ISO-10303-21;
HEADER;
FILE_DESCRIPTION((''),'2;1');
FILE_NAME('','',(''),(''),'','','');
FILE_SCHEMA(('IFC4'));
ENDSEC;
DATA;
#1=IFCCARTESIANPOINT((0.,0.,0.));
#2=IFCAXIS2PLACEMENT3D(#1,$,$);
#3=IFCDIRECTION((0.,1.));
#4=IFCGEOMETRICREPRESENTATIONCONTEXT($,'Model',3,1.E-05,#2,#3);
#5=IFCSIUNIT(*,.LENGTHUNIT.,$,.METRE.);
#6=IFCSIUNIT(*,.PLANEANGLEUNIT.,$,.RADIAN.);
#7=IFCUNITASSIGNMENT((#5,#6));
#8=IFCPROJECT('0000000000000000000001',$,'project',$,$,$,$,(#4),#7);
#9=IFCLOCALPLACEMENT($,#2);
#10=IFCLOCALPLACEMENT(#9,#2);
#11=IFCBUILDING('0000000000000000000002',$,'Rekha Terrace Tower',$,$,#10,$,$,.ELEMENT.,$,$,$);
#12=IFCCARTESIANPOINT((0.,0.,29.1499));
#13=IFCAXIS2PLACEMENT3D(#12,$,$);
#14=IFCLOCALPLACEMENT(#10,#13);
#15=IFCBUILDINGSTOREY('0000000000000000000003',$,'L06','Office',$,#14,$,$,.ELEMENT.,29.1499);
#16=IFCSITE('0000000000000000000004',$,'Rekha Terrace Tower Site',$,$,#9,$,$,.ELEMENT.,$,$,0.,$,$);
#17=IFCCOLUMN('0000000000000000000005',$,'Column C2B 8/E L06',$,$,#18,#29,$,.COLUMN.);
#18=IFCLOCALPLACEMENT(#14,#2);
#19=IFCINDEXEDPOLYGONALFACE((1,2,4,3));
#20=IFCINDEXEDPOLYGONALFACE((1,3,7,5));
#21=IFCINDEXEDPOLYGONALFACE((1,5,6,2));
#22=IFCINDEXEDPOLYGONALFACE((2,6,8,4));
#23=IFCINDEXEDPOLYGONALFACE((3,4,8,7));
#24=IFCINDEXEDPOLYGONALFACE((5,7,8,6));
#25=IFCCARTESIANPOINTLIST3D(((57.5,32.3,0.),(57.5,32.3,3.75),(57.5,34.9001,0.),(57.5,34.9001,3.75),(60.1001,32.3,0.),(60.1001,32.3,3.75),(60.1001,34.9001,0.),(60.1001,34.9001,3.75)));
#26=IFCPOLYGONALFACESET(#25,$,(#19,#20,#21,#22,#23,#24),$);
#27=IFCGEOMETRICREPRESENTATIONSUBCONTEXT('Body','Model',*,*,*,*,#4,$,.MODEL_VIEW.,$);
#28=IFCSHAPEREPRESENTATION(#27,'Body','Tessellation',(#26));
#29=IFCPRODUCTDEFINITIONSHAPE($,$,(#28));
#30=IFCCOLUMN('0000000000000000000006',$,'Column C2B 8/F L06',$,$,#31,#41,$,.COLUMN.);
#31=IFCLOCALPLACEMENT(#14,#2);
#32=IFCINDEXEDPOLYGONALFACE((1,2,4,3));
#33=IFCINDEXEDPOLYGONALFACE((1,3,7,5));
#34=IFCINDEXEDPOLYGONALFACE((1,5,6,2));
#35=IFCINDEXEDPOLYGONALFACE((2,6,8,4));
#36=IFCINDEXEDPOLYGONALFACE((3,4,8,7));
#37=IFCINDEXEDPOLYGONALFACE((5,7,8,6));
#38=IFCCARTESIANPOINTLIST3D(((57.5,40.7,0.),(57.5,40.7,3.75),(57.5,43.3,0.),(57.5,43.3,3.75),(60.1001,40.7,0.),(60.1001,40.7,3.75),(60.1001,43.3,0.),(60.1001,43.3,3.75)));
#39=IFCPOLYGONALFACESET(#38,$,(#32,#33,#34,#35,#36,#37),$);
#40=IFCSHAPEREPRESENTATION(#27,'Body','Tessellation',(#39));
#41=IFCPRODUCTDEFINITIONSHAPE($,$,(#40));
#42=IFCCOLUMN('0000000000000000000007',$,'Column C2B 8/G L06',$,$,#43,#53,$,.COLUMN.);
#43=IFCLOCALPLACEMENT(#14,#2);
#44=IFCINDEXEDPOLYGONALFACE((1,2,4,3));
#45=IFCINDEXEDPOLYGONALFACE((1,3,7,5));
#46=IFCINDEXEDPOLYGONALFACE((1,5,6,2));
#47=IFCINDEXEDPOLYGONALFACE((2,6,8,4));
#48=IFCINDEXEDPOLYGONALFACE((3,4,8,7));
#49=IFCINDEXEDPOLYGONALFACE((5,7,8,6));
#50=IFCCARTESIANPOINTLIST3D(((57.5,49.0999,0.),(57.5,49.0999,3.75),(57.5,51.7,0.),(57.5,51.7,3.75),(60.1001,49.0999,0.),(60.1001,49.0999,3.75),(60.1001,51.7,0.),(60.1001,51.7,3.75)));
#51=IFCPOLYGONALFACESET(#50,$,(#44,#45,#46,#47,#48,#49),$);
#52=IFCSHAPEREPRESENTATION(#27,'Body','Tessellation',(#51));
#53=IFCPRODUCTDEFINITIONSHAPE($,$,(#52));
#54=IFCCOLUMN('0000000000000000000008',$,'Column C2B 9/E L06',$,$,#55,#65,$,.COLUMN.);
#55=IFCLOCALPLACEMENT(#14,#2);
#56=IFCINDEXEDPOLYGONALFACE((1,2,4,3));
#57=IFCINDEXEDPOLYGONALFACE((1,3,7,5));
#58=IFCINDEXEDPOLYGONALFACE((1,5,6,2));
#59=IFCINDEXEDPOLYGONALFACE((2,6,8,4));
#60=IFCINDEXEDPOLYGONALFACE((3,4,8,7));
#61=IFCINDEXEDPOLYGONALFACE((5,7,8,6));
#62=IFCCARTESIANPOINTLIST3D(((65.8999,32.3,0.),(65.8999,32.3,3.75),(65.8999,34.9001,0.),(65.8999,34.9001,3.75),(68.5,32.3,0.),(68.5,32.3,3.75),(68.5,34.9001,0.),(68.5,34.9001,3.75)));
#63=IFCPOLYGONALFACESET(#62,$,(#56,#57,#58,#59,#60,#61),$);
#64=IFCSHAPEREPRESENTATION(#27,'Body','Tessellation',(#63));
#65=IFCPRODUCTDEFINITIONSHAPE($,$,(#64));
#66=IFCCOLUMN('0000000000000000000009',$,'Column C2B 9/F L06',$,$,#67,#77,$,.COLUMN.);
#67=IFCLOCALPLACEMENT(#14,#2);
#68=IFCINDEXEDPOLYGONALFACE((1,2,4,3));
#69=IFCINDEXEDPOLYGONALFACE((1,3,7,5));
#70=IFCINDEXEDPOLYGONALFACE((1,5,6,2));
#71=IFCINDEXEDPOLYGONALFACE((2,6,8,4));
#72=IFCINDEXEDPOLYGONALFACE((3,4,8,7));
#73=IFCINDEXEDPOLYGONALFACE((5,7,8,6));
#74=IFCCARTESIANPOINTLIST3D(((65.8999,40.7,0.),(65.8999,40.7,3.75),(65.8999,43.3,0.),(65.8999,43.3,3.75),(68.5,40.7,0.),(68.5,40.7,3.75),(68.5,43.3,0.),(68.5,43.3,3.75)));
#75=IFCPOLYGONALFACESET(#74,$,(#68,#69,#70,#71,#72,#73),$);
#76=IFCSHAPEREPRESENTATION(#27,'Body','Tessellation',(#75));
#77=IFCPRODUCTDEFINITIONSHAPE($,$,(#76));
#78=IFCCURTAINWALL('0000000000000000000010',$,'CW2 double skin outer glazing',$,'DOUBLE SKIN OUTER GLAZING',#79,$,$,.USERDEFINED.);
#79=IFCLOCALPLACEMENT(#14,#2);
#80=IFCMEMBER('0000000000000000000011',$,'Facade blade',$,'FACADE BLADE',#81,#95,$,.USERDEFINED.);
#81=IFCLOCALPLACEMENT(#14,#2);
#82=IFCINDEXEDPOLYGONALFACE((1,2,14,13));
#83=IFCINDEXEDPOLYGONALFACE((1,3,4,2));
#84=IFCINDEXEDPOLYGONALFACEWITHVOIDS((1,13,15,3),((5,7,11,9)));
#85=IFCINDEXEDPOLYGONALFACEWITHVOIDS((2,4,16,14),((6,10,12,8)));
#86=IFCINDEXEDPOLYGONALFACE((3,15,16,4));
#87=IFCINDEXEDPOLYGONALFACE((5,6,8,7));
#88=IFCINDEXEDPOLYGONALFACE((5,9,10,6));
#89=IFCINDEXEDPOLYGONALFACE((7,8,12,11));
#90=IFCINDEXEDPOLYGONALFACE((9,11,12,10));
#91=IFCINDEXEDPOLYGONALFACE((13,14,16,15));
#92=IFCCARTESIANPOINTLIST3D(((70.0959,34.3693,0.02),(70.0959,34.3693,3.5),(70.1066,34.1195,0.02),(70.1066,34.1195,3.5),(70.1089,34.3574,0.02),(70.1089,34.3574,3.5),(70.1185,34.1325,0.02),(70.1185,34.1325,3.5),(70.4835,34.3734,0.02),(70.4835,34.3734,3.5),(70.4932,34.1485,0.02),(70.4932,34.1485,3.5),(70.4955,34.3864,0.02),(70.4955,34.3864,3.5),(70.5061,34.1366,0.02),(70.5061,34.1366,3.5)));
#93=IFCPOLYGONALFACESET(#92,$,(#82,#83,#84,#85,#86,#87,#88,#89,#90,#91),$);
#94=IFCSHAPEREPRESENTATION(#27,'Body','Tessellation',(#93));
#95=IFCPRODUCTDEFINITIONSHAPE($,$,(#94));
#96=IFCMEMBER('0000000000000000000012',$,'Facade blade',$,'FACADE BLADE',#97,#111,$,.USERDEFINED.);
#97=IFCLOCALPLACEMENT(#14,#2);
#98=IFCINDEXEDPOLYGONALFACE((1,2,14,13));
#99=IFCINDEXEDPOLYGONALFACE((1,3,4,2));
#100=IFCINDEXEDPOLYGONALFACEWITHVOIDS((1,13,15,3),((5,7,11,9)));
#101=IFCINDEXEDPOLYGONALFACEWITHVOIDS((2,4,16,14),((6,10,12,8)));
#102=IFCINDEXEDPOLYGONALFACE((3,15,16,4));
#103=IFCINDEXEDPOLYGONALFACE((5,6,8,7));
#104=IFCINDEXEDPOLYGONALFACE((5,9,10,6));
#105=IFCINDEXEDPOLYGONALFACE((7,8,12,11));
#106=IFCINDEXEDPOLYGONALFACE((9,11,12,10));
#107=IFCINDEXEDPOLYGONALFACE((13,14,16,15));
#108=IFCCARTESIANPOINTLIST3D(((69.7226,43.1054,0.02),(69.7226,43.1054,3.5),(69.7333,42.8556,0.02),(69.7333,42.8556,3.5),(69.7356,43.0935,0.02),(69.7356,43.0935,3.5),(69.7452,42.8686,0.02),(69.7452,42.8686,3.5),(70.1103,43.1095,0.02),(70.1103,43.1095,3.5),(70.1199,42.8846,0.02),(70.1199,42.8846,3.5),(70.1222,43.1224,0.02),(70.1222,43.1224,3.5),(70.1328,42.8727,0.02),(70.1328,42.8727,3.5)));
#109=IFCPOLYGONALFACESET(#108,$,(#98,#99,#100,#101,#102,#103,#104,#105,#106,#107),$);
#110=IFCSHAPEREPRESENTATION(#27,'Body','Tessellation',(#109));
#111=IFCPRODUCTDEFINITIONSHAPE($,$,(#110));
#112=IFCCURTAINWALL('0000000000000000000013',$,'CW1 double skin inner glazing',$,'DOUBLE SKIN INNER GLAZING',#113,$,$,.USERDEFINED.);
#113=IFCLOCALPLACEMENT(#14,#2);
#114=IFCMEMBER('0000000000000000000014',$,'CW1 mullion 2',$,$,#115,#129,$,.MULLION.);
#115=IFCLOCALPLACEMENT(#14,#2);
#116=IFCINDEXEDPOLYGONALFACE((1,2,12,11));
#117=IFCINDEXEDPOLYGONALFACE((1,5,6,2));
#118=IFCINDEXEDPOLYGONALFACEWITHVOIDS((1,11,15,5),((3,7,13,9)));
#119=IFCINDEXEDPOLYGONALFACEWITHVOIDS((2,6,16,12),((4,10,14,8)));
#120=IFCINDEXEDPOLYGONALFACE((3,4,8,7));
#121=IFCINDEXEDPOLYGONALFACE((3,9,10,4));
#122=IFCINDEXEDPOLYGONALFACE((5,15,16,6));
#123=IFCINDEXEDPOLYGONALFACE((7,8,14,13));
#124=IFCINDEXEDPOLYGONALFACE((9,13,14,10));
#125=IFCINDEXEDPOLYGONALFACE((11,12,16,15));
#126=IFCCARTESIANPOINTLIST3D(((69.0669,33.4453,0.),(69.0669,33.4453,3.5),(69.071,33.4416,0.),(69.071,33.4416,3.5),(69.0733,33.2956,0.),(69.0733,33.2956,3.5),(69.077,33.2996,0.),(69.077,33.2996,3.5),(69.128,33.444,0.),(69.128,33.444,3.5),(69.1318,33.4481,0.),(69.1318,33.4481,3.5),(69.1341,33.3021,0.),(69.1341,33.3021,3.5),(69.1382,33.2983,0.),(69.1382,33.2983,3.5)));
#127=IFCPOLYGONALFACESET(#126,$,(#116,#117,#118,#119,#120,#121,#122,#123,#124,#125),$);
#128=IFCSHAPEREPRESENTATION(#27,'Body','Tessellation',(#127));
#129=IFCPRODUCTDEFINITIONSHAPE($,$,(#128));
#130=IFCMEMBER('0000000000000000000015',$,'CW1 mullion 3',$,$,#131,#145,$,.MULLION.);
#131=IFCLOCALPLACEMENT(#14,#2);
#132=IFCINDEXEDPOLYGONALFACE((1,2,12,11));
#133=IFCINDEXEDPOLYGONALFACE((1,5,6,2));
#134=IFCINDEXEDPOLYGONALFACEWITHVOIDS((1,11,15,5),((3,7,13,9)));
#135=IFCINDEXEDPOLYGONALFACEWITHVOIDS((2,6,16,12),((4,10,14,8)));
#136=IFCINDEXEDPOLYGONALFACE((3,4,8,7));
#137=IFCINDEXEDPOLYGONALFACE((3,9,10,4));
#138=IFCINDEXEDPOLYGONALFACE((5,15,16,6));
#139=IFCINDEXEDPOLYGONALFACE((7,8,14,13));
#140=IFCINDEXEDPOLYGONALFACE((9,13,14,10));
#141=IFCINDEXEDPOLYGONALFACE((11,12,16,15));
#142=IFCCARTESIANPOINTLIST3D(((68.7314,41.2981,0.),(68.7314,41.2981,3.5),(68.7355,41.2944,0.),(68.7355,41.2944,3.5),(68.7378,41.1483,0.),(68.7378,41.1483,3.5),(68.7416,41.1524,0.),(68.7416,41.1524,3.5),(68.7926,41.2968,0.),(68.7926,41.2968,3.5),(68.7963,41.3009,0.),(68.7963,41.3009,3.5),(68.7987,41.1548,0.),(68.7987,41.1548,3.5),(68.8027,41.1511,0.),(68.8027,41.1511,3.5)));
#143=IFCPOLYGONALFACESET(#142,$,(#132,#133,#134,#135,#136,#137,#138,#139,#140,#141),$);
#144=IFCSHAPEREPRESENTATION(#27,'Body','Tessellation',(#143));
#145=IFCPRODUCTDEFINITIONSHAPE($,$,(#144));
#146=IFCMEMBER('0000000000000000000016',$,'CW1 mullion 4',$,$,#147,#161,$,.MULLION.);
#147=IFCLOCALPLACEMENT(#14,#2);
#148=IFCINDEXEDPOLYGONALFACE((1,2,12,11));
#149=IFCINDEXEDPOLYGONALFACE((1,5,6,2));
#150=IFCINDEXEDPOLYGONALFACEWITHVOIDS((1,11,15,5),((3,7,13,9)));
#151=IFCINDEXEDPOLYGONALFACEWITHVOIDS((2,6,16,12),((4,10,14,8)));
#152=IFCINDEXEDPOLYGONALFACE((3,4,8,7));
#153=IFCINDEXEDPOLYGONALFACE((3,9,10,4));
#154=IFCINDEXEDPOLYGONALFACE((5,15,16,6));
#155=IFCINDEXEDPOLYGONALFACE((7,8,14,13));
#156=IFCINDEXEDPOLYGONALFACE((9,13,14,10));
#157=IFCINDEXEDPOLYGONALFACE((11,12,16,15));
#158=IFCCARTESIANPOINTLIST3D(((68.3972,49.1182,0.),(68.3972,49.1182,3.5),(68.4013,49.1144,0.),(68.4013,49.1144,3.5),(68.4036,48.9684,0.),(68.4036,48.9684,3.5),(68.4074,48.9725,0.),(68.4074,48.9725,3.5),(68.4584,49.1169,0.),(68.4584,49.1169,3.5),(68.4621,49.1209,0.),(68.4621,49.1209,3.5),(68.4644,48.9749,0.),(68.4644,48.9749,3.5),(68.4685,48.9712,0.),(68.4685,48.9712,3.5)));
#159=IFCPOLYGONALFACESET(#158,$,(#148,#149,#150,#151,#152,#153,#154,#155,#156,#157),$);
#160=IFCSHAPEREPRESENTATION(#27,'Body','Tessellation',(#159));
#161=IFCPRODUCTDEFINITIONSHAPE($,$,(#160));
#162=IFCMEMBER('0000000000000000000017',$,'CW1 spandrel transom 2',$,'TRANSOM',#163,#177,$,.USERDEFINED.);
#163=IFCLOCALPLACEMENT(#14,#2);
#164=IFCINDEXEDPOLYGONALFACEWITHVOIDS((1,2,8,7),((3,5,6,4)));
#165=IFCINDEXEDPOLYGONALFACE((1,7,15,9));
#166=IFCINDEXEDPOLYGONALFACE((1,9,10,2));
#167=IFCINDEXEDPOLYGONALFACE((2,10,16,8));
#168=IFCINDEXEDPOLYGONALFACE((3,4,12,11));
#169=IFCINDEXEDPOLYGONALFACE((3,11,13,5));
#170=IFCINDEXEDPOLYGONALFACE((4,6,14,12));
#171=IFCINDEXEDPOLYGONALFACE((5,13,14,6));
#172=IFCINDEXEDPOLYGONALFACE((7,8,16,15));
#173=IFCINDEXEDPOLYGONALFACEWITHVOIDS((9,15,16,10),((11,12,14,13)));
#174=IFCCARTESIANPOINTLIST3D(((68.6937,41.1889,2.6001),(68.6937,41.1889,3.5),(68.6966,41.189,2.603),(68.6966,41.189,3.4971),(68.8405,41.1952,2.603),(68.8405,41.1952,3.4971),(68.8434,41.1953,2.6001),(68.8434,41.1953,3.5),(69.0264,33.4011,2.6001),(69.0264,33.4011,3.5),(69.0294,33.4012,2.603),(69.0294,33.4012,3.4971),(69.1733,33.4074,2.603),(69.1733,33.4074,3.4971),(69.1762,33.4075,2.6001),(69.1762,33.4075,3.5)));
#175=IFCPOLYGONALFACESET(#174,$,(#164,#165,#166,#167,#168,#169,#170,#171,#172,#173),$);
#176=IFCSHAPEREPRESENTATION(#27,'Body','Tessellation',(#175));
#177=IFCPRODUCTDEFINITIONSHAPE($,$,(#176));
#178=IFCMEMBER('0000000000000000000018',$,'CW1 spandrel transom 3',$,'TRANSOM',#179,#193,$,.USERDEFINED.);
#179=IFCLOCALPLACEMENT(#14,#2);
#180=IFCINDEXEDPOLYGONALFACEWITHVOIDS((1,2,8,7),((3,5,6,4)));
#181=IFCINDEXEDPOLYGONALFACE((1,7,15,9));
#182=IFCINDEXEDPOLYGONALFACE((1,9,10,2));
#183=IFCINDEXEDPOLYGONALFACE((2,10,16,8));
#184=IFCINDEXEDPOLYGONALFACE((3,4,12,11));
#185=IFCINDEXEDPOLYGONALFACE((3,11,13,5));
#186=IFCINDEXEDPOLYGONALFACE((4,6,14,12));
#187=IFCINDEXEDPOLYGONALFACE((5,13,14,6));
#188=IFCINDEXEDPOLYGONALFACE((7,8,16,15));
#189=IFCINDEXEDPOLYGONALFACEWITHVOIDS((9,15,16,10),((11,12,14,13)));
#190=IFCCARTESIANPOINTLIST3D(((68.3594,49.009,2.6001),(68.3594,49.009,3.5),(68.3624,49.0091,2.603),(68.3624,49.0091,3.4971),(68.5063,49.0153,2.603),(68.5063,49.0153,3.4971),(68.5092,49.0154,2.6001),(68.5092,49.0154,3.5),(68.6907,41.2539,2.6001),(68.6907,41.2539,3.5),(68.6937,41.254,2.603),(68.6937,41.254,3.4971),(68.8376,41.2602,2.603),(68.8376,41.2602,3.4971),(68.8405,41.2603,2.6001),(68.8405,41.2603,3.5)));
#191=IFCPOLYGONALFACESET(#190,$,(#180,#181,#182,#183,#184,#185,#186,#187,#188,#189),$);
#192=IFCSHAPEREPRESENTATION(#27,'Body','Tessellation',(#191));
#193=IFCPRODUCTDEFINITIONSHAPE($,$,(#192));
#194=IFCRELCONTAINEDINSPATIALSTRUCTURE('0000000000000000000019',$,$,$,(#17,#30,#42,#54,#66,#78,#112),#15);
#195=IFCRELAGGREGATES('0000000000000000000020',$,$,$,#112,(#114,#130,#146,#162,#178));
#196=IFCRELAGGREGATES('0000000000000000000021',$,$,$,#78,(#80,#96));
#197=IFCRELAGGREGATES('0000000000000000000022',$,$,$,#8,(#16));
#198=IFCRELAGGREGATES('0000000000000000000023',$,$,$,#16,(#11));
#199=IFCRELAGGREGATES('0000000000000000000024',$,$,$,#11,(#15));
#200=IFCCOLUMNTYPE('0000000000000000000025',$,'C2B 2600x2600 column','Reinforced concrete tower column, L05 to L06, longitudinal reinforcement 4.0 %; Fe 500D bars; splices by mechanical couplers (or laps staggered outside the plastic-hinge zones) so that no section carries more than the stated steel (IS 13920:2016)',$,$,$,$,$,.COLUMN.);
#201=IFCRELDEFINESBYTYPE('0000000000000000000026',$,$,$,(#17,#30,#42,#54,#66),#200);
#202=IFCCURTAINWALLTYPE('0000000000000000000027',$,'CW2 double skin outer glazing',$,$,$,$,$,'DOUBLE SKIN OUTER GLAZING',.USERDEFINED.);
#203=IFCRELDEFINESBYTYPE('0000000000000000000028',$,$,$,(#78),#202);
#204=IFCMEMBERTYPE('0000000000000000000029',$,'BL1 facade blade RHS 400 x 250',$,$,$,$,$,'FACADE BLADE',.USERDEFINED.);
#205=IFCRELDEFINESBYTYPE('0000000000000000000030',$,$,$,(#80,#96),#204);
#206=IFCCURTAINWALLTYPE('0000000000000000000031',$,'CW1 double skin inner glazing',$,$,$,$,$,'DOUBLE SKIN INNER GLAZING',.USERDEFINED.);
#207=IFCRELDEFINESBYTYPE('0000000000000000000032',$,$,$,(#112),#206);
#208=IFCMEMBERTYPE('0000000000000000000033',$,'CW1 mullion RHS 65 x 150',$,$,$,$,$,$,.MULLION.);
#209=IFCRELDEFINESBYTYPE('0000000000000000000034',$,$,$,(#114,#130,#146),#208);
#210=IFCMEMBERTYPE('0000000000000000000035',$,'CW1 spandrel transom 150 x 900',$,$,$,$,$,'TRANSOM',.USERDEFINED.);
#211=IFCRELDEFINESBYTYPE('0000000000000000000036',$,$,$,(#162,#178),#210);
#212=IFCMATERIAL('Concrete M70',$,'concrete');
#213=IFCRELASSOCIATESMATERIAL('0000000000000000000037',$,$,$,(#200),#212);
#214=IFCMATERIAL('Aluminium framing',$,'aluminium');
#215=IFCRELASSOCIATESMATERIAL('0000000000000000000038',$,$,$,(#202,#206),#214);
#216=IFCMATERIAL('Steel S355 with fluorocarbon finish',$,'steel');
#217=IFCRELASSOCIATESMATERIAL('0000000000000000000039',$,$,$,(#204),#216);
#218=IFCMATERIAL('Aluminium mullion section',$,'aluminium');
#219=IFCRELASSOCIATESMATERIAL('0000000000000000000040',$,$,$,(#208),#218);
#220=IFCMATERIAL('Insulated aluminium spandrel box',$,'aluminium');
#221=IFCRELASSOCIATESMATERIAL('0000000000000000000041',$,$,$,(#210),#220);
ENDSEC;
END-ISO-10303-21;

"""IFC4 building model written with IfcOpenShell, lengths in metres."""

from ifc_helpers import new_model, si_unit, direction, frame, origin, origin_2d, place, context, subcontext, project, spatial, rectangle, hollow_rectangle, extrude, material, material_profile, profile_set, type_object, element, aggregate, save


model = new_model("IFC4")

# Units and contexts
model_context = context("Model", 3, precision=1e-05, world=origin(), true_north=direction((0.0, 1.0)))
body_context = subcontext(model_context, "Body", "Model", "MODEL_VIEW")
ifc_project = project(units=[si_unit("LENGTHUNIT", "METRE"), si_unit("PLANEANGLEUNIT", "RADIAN")], contexts=[model_context])

# Site, building, storey
site_placement = place(None, origin())
site = spatial("IfcSite", under=ifc_project, at=site_placement, Name="Rekha Terrace Tower Site", CompositionType="ELEMENT", RefElevation=0.0)
building_placement = place(site_placement, origin())
building = spatial("IfcBuilding", under=site, at=building_placement, Name="Rekha Terrace Tower", CompositionType="ELEMENT")
storey_placement = place(building_placement, frame((0.0, 0.0, 29.1499)))
storey = spatial("IfcBuildingStorey", under=building, at=storey_placement, Name="L06", Description="Office", CompositionType="ELEMENT", Elevation=29.1499)

# Columns
ifc_material_1 = material(Name="Concrete M70", Category="concrete")
ifc_material_profile_1 = material_profile(ifc_material_1, rectangle(XDim=2.6001, YDim=2.6001, at=origin_2d()), Name="RC 2600x2600")
ifc_profile_set_1 = profile_set([ifc_material_profile_1], Name="Concrete M70")
column_type = type_object("IfcColumnType", Name="C2B 2600x2600 column", Description="Reinforced concrete tower column, L05 to L06, longitudinal reinforcement 4.0 %; Fe 500D bars; splices by mechanical couplers (or laps staggered outside the plastic-hinge zones) so that no section carries more than the stated steel (IS 13920:2016)", PredefinedType="COLUMN", material=ifc_profile_set_1)
for number, where, z_axis, x_axis, name in (
    (1, (58.8, 33.6001, 0.0), (0.0, 0.0, 1.0), (1.0, 0.0, 0.0), "Column C2B 8/E L06"),
    (2, (58.8, 42.0, 0.0), (0.0, 0.0, 1.0), (1.0, 0.0, 0.0), "Column C2B 8/F L06"),
    (3, (58.8, 50.3999, 0.0), (0.0, 0.0, 1.0), (1.0, 0.0, 0.0), "Column C2B 8/G L06"),
    (4, (67.2, 33.6001, 0.0), (0.0, 0.0, 1.0), (1.0, 0.0, 0.0), "Column C2B 9/E L06"),
    (5, (67.2, 42.0, 0.0), (0.0, 0.0, 1.0), (1.0, 0.0, 0.0), "Column C2B 9/F L06"),
):
    element("IfcColumn", number, at=place(storey_placement, frame(where, z_axis=z_axis, x_axis=x_axis)), inside=storey, type_object=column_type, Name=name, PredefinedType="COLUMN", context=body_context, shape_type="SweptSolid", body=[
        extrude(rectangle(XDim=2.6001, YDim=2.6001, at=origin_2d()), origin(), (0.0, 0.0, 1.0), 3.75),
    ])

# Curtain walls, members
ifc_material_2 = material(Name="Aluminium framing", Category="aluminium")
curtain_wall_type_1 = type_object("IfcCurtainWallType", Name="CW2 double skin outer glazing", ElementType="DOUBLE SKIN OUTER GLAZING", PredefinedType="USERDEFINED", material=ifc_material_2)
curtain_wall_1_placement = place(storey_placement, origin())
curtain_wall_1 = element("IfcCurtainWall", 6, at=curtain_wall_1_placement, inside=storey, type_object=curtain_wall_type_1, Name="CW2 double skin outer glazing", ObjectType="DOUBLE SKIN OUTER GLAZING", PredefinedType="USERDEFINED")
ifc_material_3 = material(Name="Steel S355 with fluorocarbon finish", Category="steel")
ifc_material_profile_2 = material_profile(ifc_material_3, hollow_rectangle(XDim=0.25, YDim=0.3999, WallThickness=0.0125, at=origin_2d()), Name="RHS400x250x12.5")
ifc_profile_set_2 = profile_set([ifc_material_profile_2], Name="Steel S355 with fluorocarbon finish")
member_type_1 = type_object("IfcMemberType", Name="BL1 facade blade RHS 400 x 250", ElementType="FACADE BLADE", PredefinedType="USERDEFINED", material=ifc_profile_set_2)
member_1_placement = place(storey_placement, frame((70.301, 34.2529, 0.02), z_axis=(0.0, 0.0, 1.0), x_axis=(-0.042695, 0.999088, 0.0)))
member_1 = element("IfcMember", 7, at=member_1_placement, type_object=member_type_1, Name="Facade blade", ObjectType="FACADE BLADE", PredefinedType="USERDEFINED", context=body_context, shape_type="SweptSolid", body=[
    extrude(hollow_rectangle(XDim=0.25, YDim=0.3999, WallThickness=0.0125, at=origin_2d()), origin(), (0.0, 0.0, 1.0), 3.48),
])
member_2_placement = place(storey_placement, frame((69.9277, 42.989, 0.02), z_axis=(0.0, 0.0, 1.0), x_axis=(-0.042695, 0.999088, 0.0)))
member_2 = element("IfcMember", 8, at=member_2_placement, type_object=member_type_1, Name="Facade blade", ObjectType="FACADE BLADE", PredefinedType="USERDEFINED", context=body_context, shape_type="SweptSolid", body=[
    extrude(hollow_rectangle(XDim=0.25, YDim=0.3999, WallThickness=0.0125, at=origin_2d()), origin(), (0.0, 0.0, 1.0), 3.48),
])
curtain_wall_type_2 = type_object("IfcCurtainWallType", Name="CW1 double skin inner glazing", ElementType="DOUBLE SKIN INNER GLAZING", PredefinedType="USERDEFINED", material=ifc_material_2)
curtain_wall_2_placement = place(storey_placement, origin())
curtain_wall_2 = element("IfcCurtainWall", 9, at=curtain_wall_2_placement, inside=storey, type_object=curtain_wall_type_2, Name="CW1 double skin inner glazing", ObjectType="DOUBLE SKIN INNER GLAZING", PredefinedType="USERDEFINED")
ifc_material_4 = material(Name="Aluminium mullion section", Category="aluminium")
ifc_material_profile_3 = material_profile(ifc_material_4, hollow_rectangle(XDim=0.0649, YDim=0.1499, WallThickness=0.0039, at=origin_2d()), Name="AL RHS 65x150")
ifc_profile_set_3 = profile_set([ifc_material_profile_3], Name="Aluminium mullion section")
member_type_2 = type_object("IfcMemberType", Name="CW1 mullion RHS 65 x 150", PredefinedType="MULLION", material=ifc_profile_set_3)
member_3_placement = place(storey_placement, frame((69.1025, 33.3718, 0.0), z_axis=(0.0, 0.0, 1.0), x_axis=(-0.999088, -0.042696, 0.0)))
member_3 = element("IfcMember", 10, at=member_3_placement, type_object=member_type_2, Name="CW1 mullion 2", PredefinedType="MULLION", context=body_context, shape_type="SweptSolid", body=[
    extrude(hollow_rectangle(XDim=0.0649, YDim=0.1499, WallThickness=0.0039, at=origin_2d()), origin(), (0.0, 0.0, 1.0), 3.5),
])
member_4_placement = place(storey_placement, frame((68.7671, 41.2246, 0.0), z_axis=(0.0, 0.0, 1.0), x_axis=(-0.999088, -0.042696, 0.0)))
member_4 = element("IfcMember", 11, at=member_4_placement, type_object=member_type_2, Name="CW1 mullion 3", PredefinedType="MULLION", context=body_context, shape_type="SweptSolid", body=[
    extrude(hollow_rectangle(XDim=0.0649, YDim=0.1499, WallThickness=0.0039, at=origin_2d()), origin(), (0.0, 0.0, 1.0), 3.5),
])
member_5_placement = place(storey_placement, frame((68.4329, 49.0447, 0.0), z_axis=(0.0, 0.0, 1.0), x_axis=(-0.999088, -0.042696, 0.0)))
member_5 = element("IfcMember", 12, at=member_5_placement, type_object=member_type_2, Name="CW1 mullion 4", PredefinedType="MULLION", context=body_context, shape_type="SweptSolid", body=[
    extrude(hollow_rectangle(XDim=0.0649, YDim=0.1499, WallThickness=0.0039, at=origin_2d()), origin(), (0.0, 0.0, 1.0), 3.5),
])
ifc_material_5 = material(Name="Insulated aluminium spandrel box", Category="aluminium")
ifc_material_profile_4 = material_profile(ifc_material_5, hollow_rectangle(XDim=0.1499, YDim=0.8999, WallThickness=0.0029, at=origin_2d()), Name="AL SPANDREL BOX 150x900")
ifc_profile_set_4 = profile_set([ifc_material_profile_4], Name="Insulated aluminium spandrel box")
member_type_3 = type_object("IfcMemberType", Name="CW1 spandrel transom 150 x 900", ElementType="TRANSOM", PredefinedType="USERDEFINED", material=ifc_profile_set_4)
member_6_placement = place(storey_placement, frame((69.1013, 33.4043, 3.05), z_axis=(-0.04269, 0.999088, 0.0), x_axis=(-0.999088, -0.04269, 0.0)))
member_6 = element("IfcMember", 13, at=member_6_placement, type_object=member_type_3, Name="CW1 spandrel transom 2", ObjectType="TRANSOM", PredefinedType="USERDEFINED", context=body_context, shape_type="SweptSolid", body=[
    extrude(hollow_rectangle(XDim=0.1499, YDim=0.8999, WallThickness=0.0029, at=origin_2d()), origin(), (0.0, 0.0, 1.0), 7.7949),
])
member_7_placement = place(storey_placement, frame((68.7656, 41.2571, 3.05), z_axis=(-0.042681, 0.999089, 0.0), x_axis=(-0.999089, -0.042681, 0.0)))
member_7 = element("IfcMember", 14, at=member_7_placement, type_object=member_type_3, Name="CW1 spandrel transom 3", ObjectType="TRANSOM", PredefinedType="USERDEFINED", context=body_context, shape_type="SweptSolid", body=[
    extrude(hollow_rectangle(XDim=0.1499, YDim=0.8999, WallThickness=0.0029, at=origin_2d()), origin(), (0.0, 0.0, 1.0), 7.7622),
])

aggregate(curtain_wall_2, [member_3, member_4, member_5, member_6, member_7])
aggregate(curtain_wall_1, [member_1, member_2])

save(model, "model.ifc")
